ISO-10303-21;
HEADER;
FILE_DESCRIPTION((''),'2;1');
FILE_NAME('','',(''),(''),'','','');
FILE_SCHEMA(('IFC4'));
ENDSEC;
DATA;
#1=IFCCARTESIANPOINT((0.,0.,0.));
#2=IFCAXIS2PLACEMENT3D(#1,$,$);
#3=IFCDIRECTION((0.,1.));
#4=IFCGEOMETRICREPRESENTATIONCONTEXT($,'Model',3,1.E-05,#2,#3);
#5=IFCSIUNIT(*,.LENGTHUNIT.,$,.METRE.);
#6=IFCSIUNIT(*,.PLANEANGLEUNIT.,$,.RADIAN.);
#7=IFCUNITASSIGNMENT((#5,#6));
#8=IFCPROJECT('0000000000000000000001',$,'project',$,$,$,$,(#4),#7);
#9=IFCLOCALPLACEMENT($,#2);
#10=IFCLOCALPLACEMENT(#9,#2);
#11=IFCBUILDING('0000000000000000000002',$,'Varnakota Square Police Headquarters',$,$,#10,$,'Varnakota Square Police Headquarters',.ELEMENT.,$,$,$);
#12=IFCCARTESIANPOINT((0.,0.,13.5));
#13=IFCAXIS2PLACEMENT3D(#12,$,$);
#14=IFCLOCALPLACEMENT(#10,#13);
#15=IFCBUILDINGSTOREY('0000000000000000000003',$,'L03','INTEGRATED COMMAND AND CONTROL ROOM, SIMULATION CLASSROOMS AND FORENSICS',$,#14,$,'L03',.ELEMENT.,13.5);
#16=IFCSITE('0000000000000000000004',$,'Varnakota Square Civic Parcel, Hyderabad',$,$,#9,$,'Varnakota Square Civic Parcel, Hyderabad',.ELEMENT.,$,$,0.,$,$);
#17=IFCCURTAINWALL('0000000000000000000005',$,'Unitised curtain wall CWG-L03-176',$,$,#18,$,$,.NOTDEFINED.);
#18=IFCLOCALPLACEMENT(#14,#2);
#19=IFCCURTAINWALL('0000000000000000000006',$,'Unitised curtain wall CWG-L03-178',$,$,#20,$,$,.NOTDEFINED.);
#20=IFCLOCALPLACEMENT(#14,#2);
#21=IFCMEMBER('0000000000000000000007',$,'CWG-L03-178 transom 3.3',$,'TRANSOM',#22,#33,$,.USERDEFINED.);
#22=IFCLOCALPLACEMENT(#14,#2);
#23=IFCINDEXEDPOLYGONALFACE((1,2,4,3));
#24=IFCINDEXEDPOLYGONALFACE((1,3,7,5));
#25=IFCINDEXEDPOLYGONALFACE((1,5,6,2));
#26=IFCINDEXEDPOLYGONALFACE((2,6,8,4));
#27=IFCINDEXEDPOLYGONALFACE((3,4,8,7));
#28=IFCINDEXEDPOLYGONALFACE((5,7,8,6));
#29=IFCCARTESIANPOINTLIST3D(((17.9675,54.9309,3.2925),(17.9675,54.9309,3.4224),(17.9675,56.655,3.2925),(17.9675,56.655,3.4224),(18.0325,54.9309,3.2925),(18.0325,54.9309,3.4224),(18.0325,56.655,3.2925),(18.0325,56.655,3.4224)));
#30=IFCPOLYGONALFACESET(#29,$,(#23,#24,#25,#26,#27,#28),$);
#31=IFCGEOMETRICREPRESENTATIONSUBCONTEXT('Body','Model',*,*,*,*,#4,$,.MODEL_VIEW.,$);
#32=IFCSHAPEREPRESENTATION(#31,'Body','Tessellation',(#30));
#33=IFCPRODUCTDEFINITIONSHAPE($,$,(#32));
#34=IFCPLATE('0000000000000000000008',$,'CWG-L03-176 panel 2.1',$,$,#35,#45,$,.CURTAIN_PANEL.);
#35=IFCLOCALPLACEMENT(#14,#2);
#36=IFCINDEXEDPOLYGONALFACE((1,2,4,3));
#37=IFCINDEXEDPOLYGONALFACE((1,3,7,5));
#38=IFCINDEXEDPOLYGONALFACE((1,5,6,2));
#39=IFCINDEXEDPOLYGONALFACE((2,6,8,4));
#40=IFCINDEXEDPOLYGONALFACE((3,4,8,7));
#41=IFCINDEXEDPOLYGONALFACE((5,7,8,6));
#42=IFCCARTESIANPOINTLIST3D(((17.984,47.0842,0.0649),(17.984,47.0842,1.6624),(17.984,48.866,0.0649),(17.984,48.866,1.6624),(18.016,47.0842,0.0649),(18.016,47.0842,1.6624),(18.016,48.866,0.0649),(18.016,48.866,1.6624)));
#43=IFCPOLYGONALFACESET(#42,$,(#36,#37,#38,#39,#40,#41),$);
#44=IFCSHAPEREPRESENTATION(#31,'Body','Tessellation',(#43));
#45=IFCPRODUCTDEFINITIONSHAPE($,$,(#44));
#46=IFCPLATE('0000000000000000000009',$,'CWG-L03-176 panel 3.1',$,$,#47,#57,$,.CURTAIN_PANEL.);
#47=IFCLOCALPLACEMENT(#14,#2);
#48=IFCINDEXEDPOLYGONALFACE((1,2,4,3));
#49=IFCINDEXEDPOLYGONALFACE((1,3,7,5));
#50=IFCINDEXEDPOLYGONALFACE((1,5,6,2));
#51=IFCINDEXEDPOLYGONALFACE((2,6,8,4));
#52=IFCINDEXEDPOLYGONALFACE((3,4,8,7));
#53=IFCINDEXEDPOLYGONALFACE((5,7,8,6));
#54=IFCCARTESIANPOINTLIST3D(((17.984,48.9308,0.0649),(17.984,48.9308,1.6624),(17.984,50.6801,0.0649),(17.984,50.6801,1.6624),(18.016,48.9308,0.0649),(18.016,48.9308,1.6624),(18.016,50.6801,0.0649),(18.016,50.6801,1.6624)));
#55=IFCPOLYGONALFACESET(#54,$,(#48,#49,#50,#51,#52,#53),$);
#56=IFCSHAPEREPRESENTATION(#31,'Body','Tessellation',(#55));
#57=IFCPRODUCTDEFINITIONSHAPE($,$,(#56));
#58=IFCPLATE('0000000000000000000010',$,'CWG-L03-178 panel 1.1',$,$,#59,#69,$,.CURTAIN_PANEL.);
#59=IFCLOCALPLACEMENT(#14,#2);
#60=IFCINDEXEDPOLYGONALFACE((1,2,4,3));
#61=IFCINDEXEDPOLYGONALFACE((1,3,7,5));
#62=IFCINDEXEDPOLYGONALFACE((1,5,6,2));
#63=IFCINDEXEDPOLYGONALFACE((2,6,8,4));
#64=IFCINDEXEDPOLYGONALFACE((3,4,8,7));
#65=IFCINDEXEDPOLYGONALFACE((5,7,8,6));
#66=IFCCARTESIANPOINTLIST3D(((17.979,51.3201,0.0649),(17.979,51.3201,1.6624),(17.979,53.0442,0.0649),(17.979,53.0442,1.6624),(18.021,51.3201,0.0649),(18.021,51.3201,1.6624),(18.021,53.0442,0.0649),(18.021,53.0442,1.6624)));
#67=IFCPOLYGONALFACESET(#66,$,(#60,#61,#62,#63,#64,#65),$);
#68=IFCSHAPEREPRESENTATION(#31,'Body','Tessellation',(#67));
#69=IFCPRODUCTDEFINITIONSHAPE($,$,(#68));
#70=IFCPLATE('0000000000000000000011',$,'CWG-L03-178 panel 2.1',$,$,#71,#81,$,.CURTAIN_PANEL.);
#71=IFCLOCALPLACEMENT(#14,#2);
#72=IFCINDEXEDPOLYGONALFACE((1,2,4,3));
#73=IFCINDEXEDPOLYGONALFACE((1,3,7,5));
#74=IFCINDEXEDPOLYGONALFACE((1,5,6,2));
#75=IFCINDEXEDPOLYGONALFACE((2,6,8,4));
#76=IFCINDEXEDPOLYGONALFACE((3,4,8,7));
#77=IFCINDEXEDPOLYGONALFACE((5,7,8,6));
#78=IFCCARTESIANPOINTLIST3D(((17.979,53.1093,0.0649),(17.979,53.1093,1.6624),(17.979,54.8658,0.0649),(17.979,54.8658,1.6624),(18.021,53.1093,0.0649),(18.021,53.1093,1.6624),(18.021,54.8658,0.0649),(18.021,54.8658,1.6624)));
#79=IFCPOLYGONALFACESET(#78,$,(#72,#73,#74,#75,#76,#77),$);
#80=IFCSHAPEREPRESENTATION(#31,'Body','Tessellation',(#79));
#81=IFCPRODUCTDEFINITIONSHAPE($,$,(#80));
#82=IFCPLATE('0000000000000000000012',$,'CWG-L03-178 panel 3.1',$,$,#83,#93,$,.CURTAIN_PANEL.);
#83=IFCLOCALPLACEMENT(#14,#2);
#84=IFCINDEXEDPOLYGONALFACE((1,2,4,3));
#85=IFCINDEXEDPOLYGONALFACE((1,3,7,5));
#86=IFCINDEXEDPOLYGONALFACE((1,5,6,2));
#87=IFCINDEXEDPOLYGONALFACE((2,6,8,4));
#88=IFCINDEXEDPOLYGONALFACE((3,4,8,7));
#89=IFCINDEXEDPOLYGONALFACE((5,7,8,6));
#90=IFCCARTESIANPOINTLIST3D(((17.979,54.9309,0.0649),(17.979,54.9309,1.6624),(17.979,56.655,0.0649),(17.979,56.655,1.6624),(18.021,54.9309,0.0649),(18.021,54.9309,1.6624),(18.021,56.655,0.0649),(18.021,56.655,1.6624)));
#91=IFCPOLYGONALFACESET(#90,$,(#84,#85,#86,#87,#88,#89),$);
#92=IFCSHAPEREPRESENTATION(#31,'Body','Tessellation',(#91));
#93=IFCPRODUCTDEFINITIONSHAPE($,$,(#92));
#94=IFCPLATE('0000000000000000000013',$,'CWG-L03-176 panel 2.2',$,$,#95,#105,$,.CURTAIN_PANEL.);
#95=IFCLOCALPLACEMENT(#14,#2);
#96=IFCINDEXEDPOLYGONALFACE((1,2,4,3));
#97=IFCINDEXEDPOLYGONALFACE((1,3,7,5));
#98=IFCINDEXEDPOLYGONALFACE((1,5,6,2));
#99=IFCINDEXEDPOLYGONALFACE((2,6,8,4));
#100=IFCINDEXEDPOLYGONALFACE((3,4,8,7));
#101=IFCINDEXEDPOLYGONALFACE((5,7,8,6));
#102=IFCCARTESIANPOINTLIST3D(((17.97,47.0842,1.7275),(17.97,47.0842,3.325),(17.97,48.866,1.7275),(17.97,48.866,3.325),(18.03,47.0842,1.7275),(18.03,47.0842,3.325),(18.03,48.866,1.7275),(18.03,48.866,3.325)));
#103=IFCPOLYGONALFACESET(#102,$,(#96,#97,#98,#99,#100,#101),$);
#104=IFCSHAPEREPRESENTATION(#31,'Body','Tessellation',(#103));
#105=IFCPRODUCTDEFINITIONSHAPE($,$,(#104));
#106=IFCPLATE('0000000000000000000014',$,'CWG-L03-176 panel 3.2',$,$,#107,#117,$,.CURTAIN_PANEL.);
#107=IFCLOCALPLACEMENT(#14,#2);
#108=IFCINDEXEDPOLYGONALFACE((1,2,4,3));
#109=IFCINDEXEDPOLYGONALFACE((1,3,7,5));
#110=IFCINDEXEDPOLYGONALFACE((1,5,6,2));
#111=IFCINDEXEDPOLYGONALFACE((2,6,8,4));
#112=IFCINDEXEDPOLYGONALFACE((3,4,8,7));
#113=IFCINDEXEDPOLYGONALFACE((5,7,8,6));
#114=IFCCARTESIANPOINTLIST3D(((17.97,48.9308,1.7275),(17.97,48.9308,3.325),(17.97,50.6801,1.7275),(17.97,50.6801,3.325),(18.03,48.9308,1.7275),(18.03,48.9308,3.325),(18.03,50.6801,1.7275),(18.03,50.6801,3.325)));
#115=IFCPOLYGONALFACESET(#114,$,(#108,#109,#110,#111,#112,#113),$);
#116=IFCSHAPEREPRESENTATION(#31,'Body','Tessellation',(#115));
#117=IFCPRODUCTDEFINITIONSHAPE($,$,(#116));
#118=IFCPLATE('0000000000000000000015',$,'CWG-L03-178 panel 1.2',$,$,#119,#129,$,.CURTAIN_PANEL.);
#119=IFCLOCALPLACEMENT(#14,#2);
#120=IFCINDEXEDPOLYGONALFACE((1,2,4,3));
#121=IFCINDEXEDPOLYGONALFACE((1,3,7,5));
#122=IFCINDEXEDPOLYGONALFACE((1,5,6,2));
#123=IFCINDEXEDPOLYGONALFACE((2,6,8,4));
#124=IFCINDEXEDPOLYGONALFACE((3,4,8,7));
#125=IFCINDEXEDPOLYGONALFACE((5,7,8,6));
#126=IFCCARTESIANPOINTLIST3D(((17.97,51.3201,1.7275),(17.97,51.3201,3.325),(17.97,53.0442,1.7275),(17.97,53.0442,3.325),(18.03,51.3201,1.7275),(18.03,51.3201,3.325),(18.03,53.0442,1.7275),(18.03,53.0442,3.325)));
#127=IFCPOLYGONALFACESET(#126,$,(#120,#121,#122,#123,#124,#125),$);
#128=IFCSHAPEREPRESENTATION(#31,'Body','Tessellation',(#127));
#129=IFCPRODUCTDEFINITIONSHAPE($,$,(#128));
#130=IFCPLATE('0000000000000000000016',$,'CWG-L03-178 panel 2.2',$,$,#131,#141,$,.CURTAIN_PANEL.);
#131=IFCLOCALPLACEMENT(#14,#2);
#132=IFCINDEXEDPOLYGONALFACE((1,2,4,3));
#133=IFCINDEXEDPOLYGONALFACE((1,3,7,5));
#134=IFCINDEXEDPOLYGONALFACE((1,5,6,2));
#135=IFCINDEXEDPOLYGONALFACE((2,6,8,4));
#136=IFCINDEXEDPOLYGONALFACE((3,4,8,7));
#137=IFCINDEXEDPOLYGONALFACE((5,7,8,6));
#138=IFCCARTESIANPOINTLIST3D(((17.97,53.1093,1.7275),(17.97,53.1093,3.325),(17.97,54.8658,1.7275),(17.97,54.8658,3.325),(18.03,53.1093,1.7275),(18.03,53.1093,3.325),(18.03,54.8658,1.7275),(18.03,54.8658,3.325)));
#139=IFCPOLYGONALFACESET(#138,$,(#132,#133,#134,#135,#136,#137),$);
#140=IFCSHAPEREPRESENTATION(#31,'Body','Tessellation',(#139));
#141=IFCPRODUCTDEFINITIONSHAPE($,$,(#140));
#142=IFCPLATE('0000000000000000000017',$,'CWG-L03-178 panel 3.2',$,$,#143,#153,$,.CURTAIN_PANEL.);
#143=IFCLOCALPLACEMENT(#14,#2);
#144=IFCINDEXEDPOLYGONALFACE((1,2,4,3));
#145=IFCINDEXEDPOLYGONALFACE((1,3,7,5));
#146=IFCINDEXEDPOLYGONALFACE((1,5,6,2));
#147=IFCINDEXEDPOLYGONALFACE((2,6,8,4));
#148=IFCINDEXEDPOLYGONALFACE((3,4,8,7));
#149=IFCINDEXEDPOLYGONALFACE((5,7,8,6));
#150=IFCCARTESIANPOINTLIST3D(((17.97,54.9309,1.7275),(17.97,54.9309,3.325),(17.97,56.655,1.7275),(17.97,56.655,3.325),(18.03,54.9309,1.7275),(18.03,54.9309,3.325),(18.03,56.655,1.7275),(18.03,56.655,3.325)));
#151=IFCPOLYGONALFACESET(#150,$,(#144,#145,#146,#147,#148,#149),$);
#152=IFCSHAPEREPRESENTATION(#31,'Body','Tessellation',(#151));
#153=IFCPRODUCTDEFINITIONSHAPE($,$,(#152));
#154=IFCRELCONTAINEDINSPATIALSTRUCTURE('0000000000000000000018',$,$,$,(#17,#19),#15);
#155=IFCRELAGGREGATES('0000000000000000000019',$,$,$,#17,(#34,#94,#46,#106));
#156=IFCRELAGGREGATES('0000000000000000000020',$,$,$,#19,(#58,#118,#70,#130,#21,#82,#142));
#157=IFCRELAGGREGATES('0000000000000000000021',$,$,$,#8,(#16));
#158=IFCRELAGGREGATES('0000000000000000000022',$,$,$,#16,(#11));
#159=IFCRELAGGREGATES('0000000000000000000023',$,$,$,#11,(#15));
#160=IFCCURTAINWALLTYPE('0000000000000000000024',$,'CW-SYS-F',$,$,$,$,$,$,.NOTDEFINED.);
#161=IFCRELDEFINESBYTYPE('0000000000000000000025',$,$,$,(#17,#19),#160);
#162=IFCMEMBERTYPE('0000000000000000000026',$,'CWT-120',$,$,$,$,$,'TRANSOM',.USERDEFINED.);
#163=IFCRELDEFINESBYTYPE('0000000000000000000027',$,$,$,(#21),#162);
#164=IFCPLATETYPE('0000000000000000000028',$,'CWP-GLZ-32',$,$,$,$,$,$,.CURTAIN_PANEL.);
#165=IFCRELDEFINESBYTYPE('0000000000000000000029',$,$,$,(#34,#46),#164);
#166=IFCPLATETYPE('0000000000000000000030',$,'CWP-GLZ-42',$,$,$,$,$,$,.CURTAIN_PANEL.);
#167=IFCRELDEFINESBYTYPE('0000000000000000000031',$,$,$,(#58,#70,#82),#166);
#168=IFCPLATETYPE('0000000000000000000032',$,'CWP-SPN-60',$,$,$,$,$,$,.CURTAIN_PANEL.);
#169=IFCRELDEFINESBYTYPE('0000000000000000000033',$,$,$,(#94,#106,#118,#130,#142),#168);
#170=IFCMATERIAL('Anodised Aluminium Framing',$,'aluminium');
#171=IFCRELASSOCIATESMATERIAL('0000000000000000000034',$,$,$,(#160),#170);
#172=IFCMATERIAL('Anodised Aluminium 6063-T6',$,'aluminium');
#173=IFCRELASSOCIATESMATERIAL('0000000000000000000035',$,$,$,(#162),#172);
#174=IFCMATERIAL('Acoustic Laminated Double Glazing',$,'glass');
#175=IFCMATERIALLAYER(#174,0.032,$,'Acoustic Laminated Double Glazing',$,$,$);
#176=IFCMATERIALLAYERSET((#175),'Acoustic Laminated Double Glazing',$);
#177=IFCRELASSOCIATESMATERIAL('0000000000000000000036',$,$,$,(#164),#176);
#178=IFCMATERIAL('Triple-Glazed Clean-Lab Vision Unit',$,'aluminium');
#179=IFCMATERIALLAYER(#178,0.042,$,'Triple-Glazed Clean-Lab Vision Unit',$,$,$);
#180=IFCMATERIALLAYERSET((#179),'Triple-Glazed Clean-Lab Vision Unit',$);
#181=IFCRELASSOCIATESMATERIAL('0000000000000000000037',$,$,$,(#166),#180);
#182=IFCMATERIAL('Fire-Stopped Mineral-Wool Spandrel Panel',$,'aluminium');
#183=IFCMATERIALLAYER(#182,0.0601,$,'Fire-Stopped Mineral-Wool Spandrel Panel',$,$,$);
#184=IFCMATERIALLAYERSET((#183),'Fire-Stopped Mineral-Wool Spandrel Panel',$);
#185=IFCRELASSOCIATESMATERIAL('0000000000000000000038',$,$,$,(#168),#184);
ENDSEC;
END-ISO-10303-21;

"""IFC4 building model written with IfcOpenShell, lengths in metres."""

from ifc_helpers import new_model, si_unit, direction, frame, origin, origin_2d, place, context, subcontext, project, spatial, rectangle, extrude, material, layer, layer_set, material_profile, profile_set, type_object, element, aggregate, save


model = new_model("IFC4")

# Units and contexts
model_context = context("Model", 3, precision=1e-05, world=origin(), true_north=direction((0.0, 1.0)))
body_context = subcontext(model_context, "Body", "Model", "MODEL_VIEW")
ifc_project = project(units=[si_unit("LENGTHUNIT", "METRE"), si_unit("PLANEANGLEUNIT", "RADIAN")], contexts=[model_context])

# Site, building, storey
site_placement = place(None, origin())
site = spatial("IfcSite", under=ifc_project, at=site_placement, Name="Varnakota Square Civic Parcel, Hyderabad", LongName="Varnakota Square Civic Parcel, Hyderabad", CompositionType="ELEMENT", RefElevation=0.0)
building_placement = place(site_placement, origin())
building = spatial("IfcBuilding", under=site, at=building_placement, Name="Varnakota Square Police Headquarters", LongName="Varnakota Square Police Headquarters", CompositionType="ELEMENT")
storey_placement = place(building_placement, frame((0.0, 0.0, 13.5)))
storey = spatial("IfcBuildingStorey", under=building, at=storey_placement, Name="L03", Description="INTEGRATED COMMAND AND CONTROL ROOM, SIMULATION CLASSROOMS AND FORENSICS", LongName="L03", CompositionType="ELEMENT", Elevation=13.5)

# Curtain walls
ifc_material_1 = material(Name="Anodised Aluminium Framing", Category="aluminium")
curtain_wall_type = type_object("IfcCurtainWallType", Name="CW-SYS-F", PredefinedType="NOTDEFINED", material=ifc_material_1)
curtain_wall_1_placement = place(storey_placement, origin())
curtain_wall_1 = element("IfcCurtainWall", 1, at=curtain_wall_1_placement, inside=storey, type_object=curtain_wall_type, Name="Unitised curtain wall CWG-L03-176", PredefinedType="NOTDEFINED")
ifc_material_2 = material(Name="Anodised Aluminium 6063-T6", Category="aluminium")
curtain_wall_2_placement = place(storey_placement, origin())
curtain_wall_2 = element("IfcCurtainWall", 2, at=curtain_wall_2_placement, inside=storey, type_object=curtain_wall_type, Name="Unitised curtain wall CWG-L03-178", PredefinedType="NOTDEFINED")

# Member
ifc_material_profile_1 = material_profile(ifc_material_2, rectangle(XDim=0.0649, YDim=0.1299, at=origin_2d()), Name="ALU TRANSOM 65x130")
ifc_profile_set_1 = profile_set([ifc_material_profile_1], Name="Anodised Aluminium 6063-T6")
member_type_1 = type_object("IfcMemberType", Name="CWT-120", ElementType="TRANSOM", PredefinedType="USERDEFINED", material=ifc_profile_set_1)
member_1_placement = place(storey_placement, frame((18.0, 54.9309, 3.3574), z_axis=(0.0, 1.0, 0.0), x_axis=(-1.0, 0.0, 0.0)))
member_1 = element("IfcMember", 3, at=member_1_placement, type_object=member_type_1, Name="CWG-L03-178 transom 3.3", ObjectType="TRANSOM", PredefinedType="USERDEFINED", context=body_context, shape_type="SweptSolid", body=[
    extrude(rectangle(XDim=0.0649, YDim=0.1299, at=origin_2d()), origin(), (0.0, 0.0, 1.0), 1.7241),
])

# Plates
ifc_material_3 = material(Name="Acoustic Laminated Double Glazing", Category="glass")
ifc_layer_1 = layer(ifc_material_3, 0.032, Name="Acoustic Laminated Double Glazing")
ifc_layer_set_1 = layer_set([ifc_layer_1], Name="Acoustic Laminated Double Glazing")
plate_type_1 = type_object("IfcPlateType", Name="CWP-GLZ-32", PredefinedType="CURTAIN_PANEL", material=ifc_layer_set_1)
plate_1_placement = place(storey_placement, frame((18.0, 47.9751, 0.0649), z_axis=(0.0, 0.0, 1.0), x_axis=(0.0, 1.0, 0.0)))
plate_1 = element("IfcPlate", 4, at=plate_1_placement, type_object=plate_type_1, Name="CWG-L03-176 panel 2.1", PredefinedType="CURTAIN_PANEL", context=body_context, shape_type="SweptSolid", body=[
    extrude(rectangle(XDim=1.7817, YDim=0.032, at=origin_2d()), origin(), (0.0, 0.0, 1.0), 1.5974),
])
plate_2_placement = place(storey_placement, frame((18.0, 49.8054, 0.0649), z_axis=(0.0, 0.0, 1.0), x_axis=(0.0, 1.0, 0.0)))
plate_2 = element("IfcPlate", 5, at=plate_2_placement, type_object=plate_type_1, Name="CWG-L03-176 panel 3.1", PredefinedType="CURTAIN_PANEL", context=body_context, shape_type="SweptSolid", body=[
    extrude(rectangle(XDim=1.7493, YDim=0.032, at=origin_2d()), origin(), (0.0, 0.0, 1.0), 1.5974),
])
ifc_material_4 = material(Name="Triple-Glazed Clean-Lab Vision Unit", Category="aluminium")
ifc_layer_2 = layer(ifc_material_4, 0.042, Name="Triple-Glazed Clean-Lab Vision Unit")
ifc_layer_set_2 = layer_set([ifc_layer_2], Name="Triple-Glazed Clean-Lab Vision Unit")
plate_type_2 = type_object("IfcPlateType", Name="CWP-GLZ-42", PredefinedType="CURTAIN_PANEL", material=ifc_layer_set_2)
plate_3_placement = place(storey_placement, frame((18.0, 52.1821, 0.0649), z_axis=(0.0, 0.0, 1.0), x_axis=(0.0, 1.0, 0.0)))
plate_3 = element("IfcPlate", 6, at=plate_3_placement, type_object=plate_type_2, Name="CWG-L03-178 panel 1.1", PredefinedType="CURTAIN_PANEL", context=body_context, shape_type="SweptSolid", body=[
    extrude(rectangle(XDim=1.7241, YDim=0.042, at=origin_2d()), origin(), (0.0, 0.0, 1.0), 1.5974),
])
plate_4_placement = place(storey_placement, frame((18.0, 53.9875, 0.0649), z_axis=(0.0, 0.0, 1.0), x_axis=(0.0, 1.0, 0.0)))
plate_4 = element("IfcPlate", 7, at=plate_4_placement, type_object=plate_type_2, Name="CWG-L03-178 panel 2.1", PredefinedType="CURTAIN_PANEL", context=body_context, shape_type="SweptSolid", body=[
    extrude(rectangle(XDim=1.7566, YDim=0.042, at=origin_2d()), origin(), (0.0, 0.0, 1.0), 1.5974),
])
plate_5_placement = place(storey_placement, frame((18.0, 55.793, 0.0649), z_axis=(0.0, 0.0, 1.0), x_axis=(0.0, 1.0, 0.0)))
plate_5 = element("IfcPlate", 8, at=plate_5_placement, type_object=plate_type_2, Name="CWG-L03-178 panel 3.1", PredefinedType="CURTAIN_PANEL", context=body_context, shape_type="SweptSolid", body=[
    extrude(rectangle(XDim=1.7241, YDim=0.042, at=origin_2d()), origin(), (0.0, 0.0, 1.0), 1.5974),
])
ifc_material_5 = material(Name="Fire-Stopped Mineral-Wool Spandrel Panel", Category="aluminium")
ifc_layer_3 = layer(ifc_material_5, 0.0601, Name="Fire-Stopped Mineral-Wool Spandrel Panel")
ifc_layer_set_3 = layer_set([ifc_layer_3], Name="Fire-Stopped Mineral-Wool Spandrel Panel")
plate_type_3 = type_object("IfcPlateType", Name="CWP-SPN-60", PredefinedType="CURTAIN_PANEL", material=ifc_layer_set_3)
plate_6_placement = place(storey_placement, frame((18.0, 47.9751, 1.7275), z_axis=(0.0, 0.0, 1.0), x_axis=(0.0, 1.0, 0.0)))
plate_6 = element("IfcPlate", 9, at=plate_6_placement, type_object=plate_type_3, Name="CWG-L03-176 panel 2.2", PredefinedType="CURTAIN_PANEL", context=body_context, shape_type="SweptSolid", body=[
    extrude(rectangle(XDim=1.7817, YDim=0.0601, at=origin_2d()), origin(), (0.0, 0.0, 1.0), 1.5974),
])
plate_7_placement = place(storey_placement, frame((18.0, 49.8054, 1.7275), z_axis=(0.0, 0.0, 1.0), x_axis=(0.0, 1.0, 0.0)))
plate_7 = element("IfcPlate", 10, at=plate_7_placement, type_object=plate_type_3, Name="CWG-L03-176 panel 3.2", PredefinedType="CURTAIN_PANEL", context=body_context, shape_type="SweptSolid", body=[
    extrude(rectangle(XDim=1.7493, YDim=0.0601, at=origin_2d()), origin(), (0.0, 0.0, 1.0), 1.5974),
])
aggregate(curtain_wall_1, [plate_1, plate_6, plate_2, plate_7])
plate_8_placement = place(storey_placement, frame((18.0, 52.1821, 1.7275), z_axis=(0.0, 0.0, 1.0), x_axis=(0.0, 1.0, 0.0)))
plate_8 = element("IfcPlate", 11, at=plate_8_placement, type_object=plate_type_3, Name="CWG-L03-178 panel 1.2", PredefinedType="CURTAIN_PANEL", context=body_context, shape_type="SweptSolid", body=[
    extrude(rectangle(XDim=1.7241, YDim=0.0601, at=origin_2d()), origin(), (0.0, 0.0, 1.0), 1.5974),
])
plate_9_placement = place(storey_placement, frame((18.0, 53.9875, 1.7275), z_axis=(0.0, 0.0, 1.0), x_axis=(0.0, 1.0, 0.0)))
plate_9 = element("IfcPlate", 12, at=plate_9_placement, type_object=plate_type_3, Name="CWG-L03-178 panel 2.2", PredefinedType="CURTAIN_PANEL", context=body_context, shape_type="SweptSolid", body=[
    extrude(rectangle(XDim=1.7566, YDim=0.0601, at=origin_2d()), origin(), (0.0, 0.0, 1.0), 1.5974),
])
plate_10_placement = place(storey_placement, frame((18.0, 55.793, 1.7275), z_axis=(0.0, 0.0, 1.0), x_axis=(0.0, 1.0, 0.0)))
plate_10 = element("IfcPlate", 13, at=plate_10_placement, type_object=plate_type_3, Name="CWG-L03-178 panel 3.2", PredefinedType="CURTAIN_PANEL", context=body_context, shape_type="SweptSolid", body=[
    extrude(rectangle(XDim=1.7241, YDim=0.0601, at=origin_2d()), origin(), (0.0, 0.0, 1.0), 1.5974),
])
aggregate(curtain_wall_2, [plate_3, plate_8, plate_4, plate_9, member_1, plate_5, plate_10])

save(model, "model.ifc")
